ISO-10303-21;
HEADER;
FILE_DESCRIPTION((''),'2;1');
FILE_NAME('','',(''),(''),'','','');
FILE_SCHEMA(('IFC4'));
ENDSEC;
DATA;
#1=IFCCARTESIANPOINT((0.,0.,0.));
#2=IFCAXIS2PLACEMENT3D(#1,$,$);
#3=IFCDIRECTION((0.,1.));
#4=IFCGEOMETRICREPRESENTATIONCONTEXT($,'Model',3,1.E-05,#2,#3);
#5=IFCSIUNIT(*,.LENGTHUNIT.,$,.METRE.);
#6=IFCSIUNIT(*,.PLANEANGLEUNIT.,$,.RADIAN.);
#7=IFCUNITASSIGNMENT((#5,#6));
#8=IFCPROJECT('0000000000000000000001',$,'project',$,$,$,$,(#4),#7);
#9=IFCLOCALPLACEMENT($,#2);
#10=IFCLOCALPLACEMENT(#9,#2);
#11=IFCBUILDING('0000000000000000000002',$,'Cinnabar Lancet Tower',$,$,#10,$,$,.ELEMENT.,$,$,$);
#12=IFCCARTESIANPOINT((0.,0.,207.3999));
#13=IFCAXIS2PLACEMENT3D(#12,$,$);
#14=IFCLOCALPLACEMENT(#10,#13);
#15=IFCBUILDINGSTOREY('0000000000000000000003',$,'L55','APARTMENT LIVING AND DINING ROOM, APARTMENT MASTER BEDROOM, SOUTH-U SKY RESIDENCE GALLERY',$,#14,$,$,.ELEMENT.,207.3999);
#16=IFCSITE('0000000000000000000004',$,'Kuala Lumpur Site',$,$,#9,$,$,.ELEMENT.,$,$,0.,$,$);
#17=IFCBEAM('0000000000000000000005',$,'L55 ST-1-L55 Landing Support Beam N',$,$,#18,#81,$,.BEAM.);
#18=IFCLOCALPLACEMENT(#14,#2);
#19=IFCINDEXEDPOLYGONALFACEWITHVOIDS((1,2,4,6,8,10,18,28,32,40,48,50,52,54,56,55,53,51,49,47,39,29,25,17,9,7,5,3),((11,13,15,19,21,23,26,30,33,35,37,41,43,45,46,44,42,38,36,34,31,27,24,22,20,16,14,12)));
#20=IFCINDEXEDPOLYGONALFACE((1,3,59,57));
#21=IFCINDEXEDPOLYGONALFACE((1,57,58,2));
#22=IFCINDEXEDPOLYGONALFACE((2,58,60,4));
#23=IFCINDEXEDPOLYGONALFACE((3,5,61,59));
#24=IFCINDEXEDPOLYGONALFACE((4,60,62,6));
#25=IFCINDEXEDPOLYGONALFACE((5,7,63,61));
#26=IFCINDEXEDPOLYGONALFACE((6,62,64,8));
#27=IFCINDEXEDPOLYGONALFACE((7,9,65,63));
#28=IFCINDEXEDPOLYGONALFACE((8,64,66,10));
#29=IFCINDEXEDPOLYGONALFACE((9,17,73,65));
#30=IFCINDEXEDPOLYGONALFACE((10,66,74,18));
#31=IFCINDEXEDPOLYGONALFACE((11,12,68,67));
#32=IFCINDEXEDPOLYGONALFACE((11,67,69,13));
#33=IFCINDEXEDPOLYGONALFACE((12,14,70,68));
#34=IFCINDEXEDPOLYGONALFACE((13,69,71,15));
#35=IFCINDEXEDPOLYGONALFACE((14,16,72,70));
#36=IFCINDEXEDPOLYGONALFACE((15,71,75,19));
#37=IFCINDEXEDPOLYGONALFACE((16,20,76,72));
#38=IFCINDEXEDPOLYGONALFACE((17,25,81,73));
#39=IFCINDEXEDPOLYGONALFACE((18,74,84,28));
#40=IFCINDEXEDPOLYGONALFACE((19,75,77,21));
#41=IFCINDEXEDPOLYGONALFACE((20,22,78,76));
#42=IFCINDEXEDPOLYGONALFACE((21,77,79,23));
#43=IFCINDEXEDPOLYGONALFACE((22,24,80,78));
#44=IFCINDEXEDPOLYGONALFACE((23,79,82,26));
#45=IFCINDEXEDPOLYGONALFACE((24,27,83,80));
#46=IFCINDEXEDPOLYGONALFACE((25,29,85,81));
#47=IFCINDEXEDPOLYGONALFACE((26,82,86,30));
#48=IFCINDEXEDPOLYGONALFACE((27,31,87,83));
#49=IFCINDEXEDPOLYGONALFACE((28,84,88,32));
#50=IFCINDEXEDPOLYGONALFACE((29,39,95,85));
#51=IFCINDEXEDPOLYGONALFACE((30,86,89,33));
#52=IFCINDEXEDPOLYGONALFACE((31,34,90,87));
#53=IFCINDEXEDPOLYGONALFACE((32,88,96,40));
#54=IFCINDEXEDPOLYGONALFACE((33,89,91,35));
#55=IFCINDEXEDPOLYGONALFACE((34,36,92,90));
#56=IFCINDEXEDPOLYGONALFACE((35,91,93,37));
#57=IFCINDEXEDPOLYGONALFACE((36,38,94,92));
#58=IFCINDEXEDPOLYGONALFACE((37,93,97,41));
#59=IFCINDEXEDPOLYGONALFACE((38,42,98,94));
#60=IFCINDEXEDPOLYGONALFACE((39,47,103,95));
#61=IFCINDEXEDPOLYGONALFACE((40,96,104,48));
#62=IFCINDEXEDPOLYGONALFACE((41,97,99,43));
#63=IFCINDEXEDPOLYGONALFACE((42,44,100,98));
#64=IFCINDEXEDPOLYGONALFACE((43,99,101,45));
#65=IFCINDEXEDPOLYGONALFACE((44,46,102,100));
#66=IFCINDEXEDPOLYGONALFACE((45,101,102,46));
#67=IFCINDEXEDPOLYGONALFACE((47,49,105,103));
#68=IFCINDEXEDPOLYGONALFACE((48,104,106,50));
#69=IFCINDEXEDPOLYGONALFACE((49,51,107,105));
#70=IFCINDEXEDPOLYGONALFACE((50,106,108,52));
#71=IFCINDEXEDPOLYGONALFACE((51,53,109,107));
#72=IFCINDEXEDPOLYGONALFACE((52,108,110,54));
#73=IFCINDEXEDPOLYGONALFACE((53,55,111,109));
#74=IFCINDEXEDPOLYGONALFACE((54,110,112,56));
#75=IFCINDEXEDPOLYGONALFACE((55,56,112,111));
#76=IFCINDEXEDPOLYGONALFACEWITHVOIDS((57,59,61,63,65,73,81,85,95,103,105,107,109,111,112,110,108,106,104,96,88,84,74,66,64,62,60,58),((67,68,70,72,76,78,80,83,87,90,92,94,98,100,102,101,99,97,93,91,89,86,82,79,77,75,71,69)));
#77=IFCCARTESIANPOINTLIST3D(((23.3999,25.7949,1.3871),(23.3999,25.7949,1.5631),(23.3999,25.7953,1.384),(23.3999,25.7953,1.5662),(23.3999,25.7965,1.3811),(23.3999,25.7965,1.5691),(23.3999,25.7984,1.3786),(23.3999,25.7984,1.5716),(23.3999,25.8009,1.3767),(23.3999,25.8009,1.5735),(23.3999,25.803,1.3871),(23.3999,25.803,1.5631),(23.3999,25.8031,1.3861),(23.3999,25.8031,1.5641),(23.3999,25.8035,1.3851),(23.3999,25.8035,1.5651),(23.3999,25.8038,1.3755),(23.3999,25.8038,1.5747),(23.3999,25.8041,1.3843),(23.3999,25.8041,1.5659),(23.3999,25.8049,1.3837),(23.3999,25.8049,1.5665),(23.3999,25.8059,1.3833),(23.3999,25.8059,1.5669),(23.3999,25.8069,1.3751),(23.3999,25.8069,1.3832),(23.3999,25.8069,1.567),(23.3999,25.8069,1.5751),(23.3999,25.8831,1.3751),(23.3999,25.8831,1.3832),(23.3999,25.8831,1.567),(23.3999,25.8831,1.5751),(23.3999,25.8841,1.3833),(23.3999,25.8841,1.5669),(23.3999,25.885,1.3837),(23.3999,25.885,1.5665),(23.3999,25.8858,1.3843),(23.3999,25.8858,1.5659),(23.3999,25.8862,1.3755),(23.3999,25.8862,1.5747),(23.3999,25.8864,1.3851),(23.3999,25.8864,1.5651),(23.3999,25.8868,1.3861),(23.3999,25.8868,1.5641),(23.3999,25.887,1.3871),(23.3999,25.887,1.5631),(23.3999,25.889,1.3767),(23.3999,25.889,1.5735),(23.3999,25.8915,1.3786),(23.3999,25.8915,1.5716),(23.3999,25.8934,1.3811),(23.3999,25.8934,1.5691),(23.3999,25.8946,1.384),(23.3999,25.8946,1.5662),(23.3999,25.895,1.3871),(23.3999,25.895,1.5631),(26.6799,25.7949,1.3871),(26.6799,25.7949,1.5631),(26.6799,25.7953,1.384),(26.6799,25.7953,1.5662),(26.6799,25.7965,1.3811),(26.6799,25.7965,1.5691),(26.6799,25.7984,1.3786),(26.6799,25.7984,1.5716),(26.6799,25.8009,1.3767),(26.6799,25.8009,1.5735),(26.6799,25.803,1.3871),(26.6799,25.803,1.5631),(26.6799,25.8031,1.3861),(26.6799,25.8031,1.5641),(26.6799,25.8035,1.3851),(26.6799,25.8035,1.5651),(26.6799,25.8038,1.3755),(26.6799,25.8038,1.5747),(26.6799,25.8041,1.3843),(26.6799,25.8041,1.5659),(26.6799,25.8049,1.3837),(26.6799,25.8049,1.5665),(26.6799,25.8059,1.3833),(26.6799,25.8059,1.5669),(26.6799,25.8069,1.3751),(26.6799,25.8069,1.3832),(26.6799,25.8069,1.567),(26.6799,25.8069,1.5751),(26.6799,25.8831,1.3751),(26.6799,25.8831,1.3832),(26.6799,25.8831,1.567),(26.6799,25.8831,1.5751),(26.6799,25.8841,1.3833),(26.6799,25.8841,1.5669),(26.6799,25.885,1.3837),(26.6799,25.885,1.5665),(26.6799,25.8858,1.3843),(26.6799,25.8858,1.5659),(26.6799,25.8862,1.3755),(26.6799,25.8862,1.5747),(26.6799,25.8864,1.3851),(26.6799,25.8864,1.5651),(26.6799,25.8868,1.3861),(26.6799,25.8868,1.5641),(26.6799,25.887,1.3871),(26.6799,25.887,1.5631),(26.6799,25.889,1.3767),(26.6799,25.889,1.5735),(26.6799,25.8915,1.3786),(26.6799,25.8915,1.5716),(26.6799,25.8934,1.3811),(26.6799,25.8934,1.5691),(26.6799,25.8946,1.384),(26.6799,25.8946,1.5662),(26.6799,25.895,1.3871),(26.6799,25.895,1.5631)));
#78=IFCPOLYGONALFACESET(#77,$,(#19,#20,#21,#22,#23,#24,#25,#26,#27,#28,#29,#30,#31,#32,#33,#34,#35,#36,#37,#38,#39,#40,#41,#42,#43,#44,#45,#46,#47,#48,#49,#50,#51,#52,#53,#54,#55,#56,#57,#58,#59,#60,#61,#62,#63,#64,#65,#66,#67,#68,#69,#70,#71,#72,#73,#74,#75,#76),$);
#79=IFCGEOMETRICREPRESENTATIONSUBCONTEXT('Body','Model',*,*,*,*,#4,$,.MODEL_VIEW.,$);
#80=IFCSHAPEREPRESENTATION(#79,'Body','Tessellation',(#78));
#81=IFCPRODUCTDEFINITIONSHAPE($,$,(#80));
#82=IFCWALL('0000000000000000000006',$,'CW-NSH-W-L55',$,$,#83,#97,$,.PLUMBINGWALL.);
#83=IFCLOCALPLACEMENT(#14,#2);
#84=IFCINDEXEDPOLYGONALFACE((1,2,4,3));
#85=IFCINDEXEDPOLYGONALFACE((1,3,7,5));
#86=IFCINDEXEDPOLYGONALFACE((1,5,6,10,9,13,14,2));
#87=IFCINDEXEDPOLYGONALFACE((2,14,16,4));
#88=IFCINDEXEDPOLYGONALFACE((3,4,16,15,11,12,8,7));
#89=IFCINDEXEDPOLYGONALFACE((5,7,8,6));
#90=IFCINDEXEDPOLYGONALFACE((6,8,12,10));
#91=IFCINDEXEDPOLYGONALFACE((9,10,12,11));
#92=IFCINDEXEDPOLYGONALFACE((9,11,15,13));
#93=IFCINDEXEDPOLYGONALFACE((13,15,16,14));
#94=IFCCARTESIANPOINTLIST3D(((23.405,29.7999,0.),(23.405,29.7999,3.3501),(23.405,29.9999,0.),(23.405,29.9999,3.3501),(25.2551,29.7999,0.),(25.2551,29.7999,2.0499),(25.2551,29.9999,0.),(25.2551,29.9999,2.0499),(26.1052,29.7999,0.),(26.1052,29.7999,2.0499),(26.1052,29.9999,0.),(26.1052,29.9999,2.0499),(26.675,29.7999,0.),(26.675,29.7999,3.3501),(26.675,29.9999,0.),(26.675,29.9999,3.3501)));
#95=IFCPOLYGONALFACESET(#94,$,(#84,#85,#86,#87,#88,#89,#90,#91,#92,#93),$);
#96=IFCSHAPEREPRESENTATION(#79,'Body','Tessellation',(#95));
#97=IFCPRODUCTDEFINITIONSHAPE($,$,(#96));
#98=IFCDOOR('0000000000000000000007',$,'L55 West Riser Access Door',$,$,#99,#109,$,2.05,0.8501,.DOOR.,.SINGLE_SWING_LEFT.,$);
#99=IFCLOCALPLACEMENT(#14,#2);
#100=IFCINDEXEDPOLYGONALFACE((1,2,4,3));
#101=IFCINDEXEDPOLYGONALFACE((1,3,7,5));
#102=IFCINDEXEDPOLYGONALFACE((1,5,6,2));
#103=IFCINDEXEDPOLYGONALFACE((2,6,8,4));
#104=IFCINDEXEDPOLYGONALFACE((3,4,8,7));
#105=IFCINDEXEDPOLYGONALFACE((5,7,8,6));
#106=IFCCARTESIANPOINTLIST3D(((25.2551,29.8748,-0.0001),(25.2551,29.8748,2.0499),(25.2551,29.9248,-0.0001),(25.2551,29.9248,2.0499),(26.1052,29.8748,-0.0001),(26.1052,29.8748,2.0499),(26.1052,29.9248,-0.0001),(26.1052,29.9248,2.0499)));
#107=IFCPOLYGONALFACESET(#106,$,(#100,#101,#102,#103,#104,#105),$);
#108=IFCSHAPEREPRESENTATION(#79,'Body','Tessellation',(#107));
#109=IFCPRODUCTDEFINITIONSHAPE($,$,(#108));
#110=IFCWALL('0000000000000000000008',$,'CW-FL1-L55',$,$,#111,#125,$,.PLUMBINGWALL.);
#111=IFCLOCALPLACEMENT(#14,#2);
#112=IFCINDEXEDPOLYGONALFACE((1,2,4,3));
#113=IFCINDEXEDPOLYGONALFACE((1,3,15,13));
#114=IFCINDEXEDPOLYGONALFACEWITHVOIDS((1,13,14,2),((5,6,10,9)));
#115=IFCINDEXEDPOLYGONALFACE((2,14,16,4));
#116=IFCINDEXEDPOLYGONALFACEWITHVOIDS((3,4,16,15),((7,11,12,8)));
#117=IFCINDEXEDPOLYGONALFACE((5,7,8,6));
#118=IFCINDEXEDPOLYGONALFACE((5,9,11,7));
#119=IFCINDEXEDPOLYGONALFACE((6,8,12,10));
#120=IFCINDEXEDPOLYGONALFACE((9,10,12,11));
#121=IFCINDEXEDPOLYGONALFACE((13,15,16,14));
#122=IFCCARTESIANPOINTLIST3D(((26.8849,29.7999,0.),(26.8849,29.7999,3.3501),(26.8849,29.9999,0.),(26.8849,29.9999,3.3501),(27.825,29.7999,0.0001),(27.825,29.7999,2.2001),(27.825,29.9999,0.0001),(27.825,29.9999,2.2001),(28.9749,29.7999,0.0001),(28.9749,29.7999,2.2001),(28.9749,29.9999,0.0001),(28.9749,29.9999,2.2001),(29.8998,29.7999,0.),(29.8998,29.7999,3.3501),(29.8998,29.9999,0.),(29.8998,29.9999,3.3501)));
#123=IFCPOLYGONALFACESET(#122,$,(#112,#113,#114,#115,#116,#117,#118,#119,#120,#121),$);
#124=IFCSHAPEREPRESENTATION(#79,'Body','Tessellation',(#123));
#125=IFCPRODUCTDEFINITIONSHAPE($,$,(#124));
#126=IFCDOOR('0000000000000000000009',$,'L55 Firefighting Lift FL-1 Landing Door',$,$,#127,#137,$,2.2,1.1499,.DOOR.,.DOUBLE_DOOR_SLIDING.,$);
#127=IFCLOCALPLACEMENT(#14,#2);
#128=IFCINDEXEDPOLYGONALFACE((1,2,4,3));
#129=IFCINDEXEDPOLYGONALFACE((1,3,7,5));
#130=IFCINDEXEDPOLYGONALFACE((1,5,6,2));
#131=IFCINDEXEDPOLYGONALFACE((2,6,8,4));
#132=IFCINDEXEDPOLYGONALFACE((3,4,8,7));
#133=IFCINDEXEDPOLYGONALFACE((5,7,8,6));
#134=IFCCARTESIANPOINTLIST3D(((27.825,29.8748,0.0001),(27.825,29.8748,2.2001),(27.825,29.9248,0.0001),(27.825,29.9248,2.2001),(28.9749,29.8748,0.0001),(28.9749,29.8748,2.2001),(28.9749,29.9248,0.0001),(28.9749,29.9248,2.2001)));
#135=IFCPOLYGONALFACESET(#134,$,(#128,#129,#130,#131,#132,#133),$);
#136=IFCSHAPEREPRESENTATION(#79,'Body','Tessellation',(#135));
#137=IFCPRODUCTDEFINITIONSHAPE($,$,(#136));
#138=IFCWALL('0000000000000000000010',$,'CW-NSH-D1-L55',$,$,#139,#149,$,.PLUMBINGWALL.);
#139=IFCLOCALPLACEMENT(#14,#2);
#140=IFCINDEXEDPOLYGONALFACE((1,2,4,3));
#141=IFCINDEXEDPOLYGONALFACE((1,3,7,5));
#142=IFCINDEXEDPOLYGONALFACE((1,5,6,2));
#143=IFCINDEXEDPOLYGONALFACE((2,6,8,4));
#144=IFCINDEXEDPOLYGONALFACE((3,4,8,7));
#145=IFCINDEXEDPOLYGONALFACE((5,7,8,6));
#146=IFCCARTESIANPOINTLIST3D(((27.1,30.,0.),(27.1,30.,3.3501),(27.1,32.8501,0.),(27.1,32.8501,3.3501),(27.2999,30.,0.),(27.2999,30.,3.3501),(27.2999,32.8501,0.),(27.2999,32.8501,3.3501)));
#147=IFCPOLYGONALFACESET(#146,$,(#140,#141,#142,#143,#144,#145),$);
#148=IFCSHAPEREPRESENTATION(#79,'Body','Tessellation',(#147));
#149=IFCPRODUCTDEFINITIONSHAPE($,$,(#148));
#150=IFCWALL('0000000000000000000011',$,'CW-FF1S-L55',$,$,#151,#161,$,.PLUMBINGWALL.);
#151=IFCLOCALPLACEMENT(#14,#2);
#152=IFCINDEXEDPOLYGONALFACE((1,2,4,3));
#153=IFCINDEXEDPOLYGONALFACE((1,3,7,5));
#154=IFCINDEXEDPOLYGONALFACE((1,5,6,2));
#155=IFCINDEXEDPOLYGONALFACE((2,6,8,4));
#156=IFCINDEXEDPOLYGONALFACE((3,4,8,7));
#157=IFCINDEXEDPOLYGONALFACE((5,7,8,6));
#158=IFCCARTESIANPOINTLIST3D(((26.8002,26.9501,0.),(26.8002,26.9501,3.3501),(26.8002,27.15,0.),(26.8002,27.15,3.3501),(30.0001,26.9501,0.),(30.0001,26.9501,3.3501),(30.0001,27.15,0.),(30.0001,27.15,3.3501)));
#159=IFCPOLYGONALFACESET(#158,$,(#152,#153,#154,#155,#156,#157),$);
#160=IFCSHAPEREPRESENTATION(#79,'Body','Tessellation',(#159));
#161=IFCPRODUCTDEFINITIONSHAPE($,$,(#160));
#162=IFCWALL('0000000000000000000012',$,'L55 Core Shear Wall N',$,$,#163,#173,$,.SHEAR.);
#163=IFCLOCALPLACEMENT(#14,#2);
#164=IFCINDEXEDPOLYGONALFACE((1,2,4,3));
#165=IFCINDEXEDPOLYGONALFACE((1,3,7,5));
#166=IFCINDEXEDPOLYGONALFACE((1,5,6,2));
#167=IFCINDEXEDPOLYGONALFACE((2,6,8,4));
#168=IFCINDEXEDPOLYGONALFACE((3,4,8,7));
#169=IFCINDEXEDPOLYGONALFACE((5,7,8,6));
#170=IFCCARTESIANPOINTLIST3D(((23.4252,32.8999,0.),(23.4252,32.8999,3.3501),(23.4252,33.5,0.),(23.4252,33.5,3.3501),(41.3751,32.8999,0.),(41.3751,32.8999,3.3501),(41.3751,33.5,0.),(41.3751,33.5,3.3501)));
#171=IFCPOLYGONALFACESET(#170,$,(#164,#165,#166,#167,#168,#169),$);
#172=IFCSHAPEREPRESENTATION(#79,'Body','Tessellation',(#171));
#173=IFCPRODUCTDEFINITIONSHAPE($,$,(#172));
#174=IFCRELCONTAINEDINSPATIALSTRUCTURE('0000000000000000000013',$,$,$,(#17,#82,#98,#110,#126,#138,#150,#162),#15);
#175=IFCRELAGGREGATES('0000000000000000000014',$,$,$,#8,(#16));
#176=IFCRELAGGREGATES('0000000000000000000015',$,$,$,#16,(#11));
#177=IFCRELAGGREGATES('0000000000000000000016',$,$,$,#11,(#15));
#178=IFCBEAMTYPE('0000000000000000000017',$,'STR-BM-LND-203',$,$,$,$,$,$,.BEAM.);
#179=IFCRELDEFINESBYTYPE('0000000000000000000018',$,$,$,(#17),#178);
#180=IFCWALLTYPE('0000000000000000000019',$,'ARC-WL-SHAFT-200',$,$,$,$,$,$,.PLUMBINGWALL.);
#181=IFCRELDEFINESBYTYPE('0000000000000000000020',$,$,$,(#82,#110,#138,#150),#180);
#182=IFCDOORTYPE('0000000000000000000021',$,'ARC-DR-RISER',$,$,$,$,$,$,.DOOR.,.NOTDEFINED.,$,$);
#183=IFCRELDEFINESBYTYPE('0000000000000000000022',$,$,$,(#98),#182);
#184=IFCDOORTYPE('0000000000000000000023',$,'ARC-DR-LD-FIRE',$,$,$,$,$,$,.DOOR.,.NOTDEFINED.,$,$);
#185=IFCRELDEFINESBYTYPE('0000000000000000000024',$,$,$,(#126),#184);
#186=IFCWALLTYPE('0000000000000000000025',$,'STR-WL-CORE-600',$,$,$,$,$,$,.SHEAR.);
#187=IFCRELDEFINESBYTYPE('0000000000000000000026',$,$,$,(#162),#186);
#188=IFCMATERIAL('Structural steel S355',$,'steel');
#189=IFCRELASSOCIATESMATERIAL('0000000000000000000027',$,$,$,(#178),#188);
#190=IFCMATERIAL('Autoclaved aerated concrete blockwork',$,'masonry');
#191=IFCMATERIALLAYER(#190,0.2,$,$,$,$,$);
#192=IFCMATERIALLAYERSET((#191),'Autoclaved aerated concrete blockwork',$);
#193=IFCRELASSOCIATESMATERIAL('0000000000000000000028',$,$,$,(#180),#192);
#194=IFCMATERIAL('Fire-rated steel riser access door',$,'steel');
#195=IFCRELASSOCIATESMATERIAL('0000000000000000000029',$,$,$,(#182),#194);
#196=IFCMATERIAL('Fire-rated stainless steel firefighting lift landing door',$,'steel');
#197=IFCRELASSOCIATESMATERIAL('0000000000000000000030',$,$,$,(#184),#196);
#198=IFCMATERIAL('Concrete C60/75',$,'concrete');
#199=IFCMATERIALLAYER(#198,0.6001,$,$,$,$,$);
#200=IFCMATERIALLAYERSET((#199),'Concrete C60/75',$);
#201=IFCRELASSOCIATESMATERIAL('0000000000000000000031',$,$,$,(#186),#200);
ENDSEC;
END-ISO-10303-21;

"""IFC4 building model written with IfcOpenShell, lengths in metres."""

from ifc_helpers import new_model, si_unit, direction, frame, frame_2d, origin, origin_2d, place, context, subcontext, project, spatial, rectangle, hollow_rectangle, extrude, material, layer, layer_set, material_profile, profile_set, type_object, element, fill, save


model = new_model("IFC4")

# Units and contexts
model_context = context("Model", 3, precision=1e-05, world=origin(), true_north=direction((0.0, 1.0)))
body_context = subcontext(model_context, "Body", "Model", "MODEL_VIEW")
ifc_project = project(units=[si_unit("LENGTHUNIT", "METRE"), si_unit("PLANEANGLEUNIT", "RADIAN")], contexts=[model_context])

# Site, building, storey
site_placement = place(None, origin())
site = spatial("IfcSite", under=ifc_project, at=site_placement, Name="Kuala Lumpur Site", CompositionType="ELEMENT", RefElevation=0.0)
building_placement = place(site_placement, origin())
building = spatial("IfcBuilding", under=site, at=building_placement, Name="Cinnabar Lancet Tower", CompositionType="ELEMENT")
storey_placement = place(building_placement, frame((0.0, 0.0, 207.3999)))
storey = spatial("IfcBuildingStorey", under=building, at=storey_placement, Name="L55", Description="APARTMENT LIVING AND DINING ROOM, APARTMENT MASTER BEDROOM, SOUTH-U SKY RESIDENCE GALLERY", CompositionType="ELEMENT", Elevation=207.3999)

# Beam
ifc_material_1 = material(Name="Structural steel S355", Category="steel")
ifc_material_profile_1 = material_profile(ifc_material_1, hollow_rectangle(XDim=0.1001, YDim=0.2, WallThickness=0.0081, InnerFilletRadius=0.0039, OuterFilletRadius=0.012, at=origin_2d()), Name="RHS 200x100x8")
ifc_profile_set_1 = profile_set([ifc_material_profile_1], Name="Structural steel S355")
beam_type_1 = type_object("IfcBeamType", Name="STR-BM-LND-203", PredefinedType="BEAM", material=ifc_profile_set_1)
beam_1_placement = place(storey_placement, frame((23.3999, 25.845, 1.4751), z_axis=(1.0, 0.0, 0.0), x_axis=(0.0, 1.0, 0.0)))
element("IfcBeam", 1, at=beam_1_placement, inside=storey, type_object=beam_type_1, Name="L55 ST-1-L55 Landing Support Beam N", PredefinedType="BEAM", context=body_context, shape_type="SweptSolid", body=[
    extrude(hollow_rectangle(XDim=0.1001, YDim=0.2, WallThickness=0.0081, InnerFilletRadius=0.0039, OuterFilletRadius=0.012, at=origin_2d()), origin(), (0.0, 0.0, 1.0), 3.28),
])

# Walls, openings, doors
ifc_material_2 = material(Name="Autoclaved aerated concrete blockwork", Category="masonry")
ifc_layer_1 = layer(ifc_material_2, 0.2)
ifc_layer_set_1 = layer_set([ifc_layer_1], Name="Autoclaved aerated concrete blockwork")
wall_type_1 = type_object("IfcWallType", Name="ARC-WL-SHAFT-200", PredefinedType="PLUMBINGWALL", material=ifc_layer_set_1)
wall_1_placement = place(storey_placement, frame((23.405, 29.8999, 0.0), z_axis=(0.0, 0.0, 1.0), x_axis=(1.0, 0.0, 0.0)))
wall_1 = element("IfcWall", 2, at=wall_1_placement, inside=storey, type_object=wall_type_1, Name="CW-NSH-W-L55", PredefinedType="PLUMBINGWALL", context=body_context, shape_type="SweptSolid", body=[
    extrude(rectangle(XDim=3.27, YDim=0.2, at=frame_2d((1.635, 0.0))), origin(), (0.0, 0.0, 1.0), 3.3501),
])
opening_1_placement = place(wall_1_placement, frame((1.8501, 0.0, 0.0)))
opening_1 = element("IfcOpeningElement", 3, at=opening_1_placement, cuts=wall_1, PredefinedType="OPENING", context=body_context, shape_type="SweptSolid", body=[
    extrude(rectangle(XDim=0.8501, YDim=2.05, at=frame_2d((0.425, 1.0249))), frame((0.0, 0.1099, 0.0), z_axis=(0.0, -1.0, 0.0), x_axis=(1.0, 0.0, 0.0)), (0.0, 0.0, 1.0), 0.22),
])
ifc_material_3 = material(Name="Fire-rated steel riser access door", Category="steel")
door_type_1 = type_object("IfcDoorType", Name="ARC-DR-RISER", OperationType="NOTDEFINED", PredefinedType="DOOR", material=ifc_material_3)
door_1_placement = place(opening_1_placement, origin())
door_1 = element("IfcDoor", 4, at=door_1_placement, inside=storey, type_object=door_type_1, Name="L55 West Riser Access Door", OperationType="SINGLE_SWING_LEFT", OverallHeight=2.05, OverallWidth=0.8501, PredefinedType="DOOR", context=body_context, shape_type="SweptSolid", body=[
    extrude(rectangle(XDim=0.8501, YDim=2.05, at=frame_2d((0.425, 1.0249))), frame((0.0, 0.0249, 0.0), z_axis=(0.0, -1.0, 0.0), x_axis=(1.0, 0.0, 0.0)), (0.0, 0.0, 1.0), 0.05),
])
fill(opening_1, door_1)
wall_2_placement = place(storey_placement, frame((26.885, 29.8999, 0.0), z_axis=(0.0, 0.0, 1.0), x_axis=(1.0, 0.0, 0.0)))
wall_2 = element("IfcWall", 5, at=wall_2_placement, inside=storey, type_object=wall_type_1, Name="CW-FL1-L55", PredefinedType="PLUMBINGWALL", context=body_context, shape_type="SweptSolid", body=[
    extrude(rectangle(XDim=3.0149, YDim=0.2, at=frame_2d((1.5073, 0.0))), origin(), (0.0, 0.0, 1.0), 3.3501),
])
opening_2_placement = place(wall_2_placement, frame((0.9399, 0.0, 0.0)))
opening_2 = element("IfcOpeningElement", 6, at=opening_2_placement, cuts=wall_2, PredefinedType="OPENING", context=body_context, shape_type="SweptSolid", body=[
    extrude(rectangle(XDim=1.1499, YDim=2.2, at=frame_2d((0.575, 1.1001))), frame((0.0, 0.1099, 0.0), z_axis=(0.0, -1.0, 0.0), x_axis=(1.0, 0.0, 0.0)), (0.0, 0.0, 1.0), 0.22),
])
ifc_material_4 = material(Name="Fire-rated stainless steel firefighting lift landing door", Category="steel")
door_type_2 = type_object("IfcDoorType", Name="ARC-DR-LD-FIRE", OperationType="NOTDEFINED", PredefinedType="DOOR", material=ifc_material_4)
door_2_placement = place(opening_2_placement, origin())
door_2 = element("IfcDoor", 7, at=door_2_placement, inside=storey, type_object=door_type_2, Name="L55 Firefighting Lift FL-1 Landing Door", OperationType="DOUBLE_DOOR_SLIDING", OverallHeight=2.2, OverallWidth=1.1499, PredefinedType="DOOR", context=body_context, shape_type="SweptSolid", body=[
    extrude(rectangle(XDim=1.1499, YDim=2.2, at=frame_2d((0.575, 1.1001))), frame((0.0, 0.0249, 0.0), z_axis=(0.0, -1.0, 0.0), x_axis=(1.0, 0.0, 0.0)), (0.0, 0.0, 1.0), 0.05),
])
fill(opening_2, door_2)

# Walls
wall_3_placement = place(storey_placement, frame((27.2, 30.0, 0.0), z_axis=(0.0, 0.0, 1.0), x_axis=(0.0, 1.0, 0.0)))
element("IfcWall", 8, at=wall_3_placement, inside=storey, type_object=wall_type_1, Name="CW-NSH-D1-L55", PredefinedType="PLUMBINGWALL", context=body_context, shape_type="SweptSolid", body=[
    extrude(rectangle(XDim=2.8501, YDim=0.2, at=frame_2d((1.425, 0.0))), origin(), (0.0, 0.0, 1.0), 3.3501),
])
wall_4_placement = place(storey_placement, frame((26.8, 27.05, 0.0), z_axis=(0.0, 0.0, 1.0), x_axis=(1.0, 0.0, 0.0)))
element("IfcWall", 9, at=wall_4_placement, inside=storey, type_object=wall_type_1, Name="CW-FF1S-L55", PredefinedType="PLUMBINGWALL", context=body_context, shape_type="SweptSolid", body=[
    extrude(rectangle(XDim=3.2, YDim=0.2, at=frame_2d((1.6001, 0.0))), origin(), (0.0, 0.0, 1.0), 3.3501),
])
ifc_material_5 = material(Name="Concrete C60/75", Category="concrete")
ifc_layer_2 = layer(ifc_material_5, 0.6001)
ifc_layer_set_2 = layer_set([ifc_layer_2], Name="Concrete C60/75")
wall_type_2 = type_object("IfcWallType", Name="STR-WL-CORE-600", PredefinedType="SHEAR", material=ifc_layer_set_2)
wall_5_placement = place(storey_placement, frame((23.425, 33.2, 0.0), z_axis=(0.0, 0.0, 1.0), x_axis=(1.0, 0.0, 0.0)))
element("IfcWall", 10, at=wall_5_placement, inside=storey, type_object=wall_type_2, Name="L55 Core Shear Wall N", PredefinedType="SHEAR", context=body_context, shape_type="SweptSolid", body=[
    extrude(rectangle(XDim=17.95, YDim=0.6001, at=frame_2d((8.9751, 0.0))), origin(), (0.0, 0.0, 1.0), 3.3501),
])

save(model, "model.ifc")
